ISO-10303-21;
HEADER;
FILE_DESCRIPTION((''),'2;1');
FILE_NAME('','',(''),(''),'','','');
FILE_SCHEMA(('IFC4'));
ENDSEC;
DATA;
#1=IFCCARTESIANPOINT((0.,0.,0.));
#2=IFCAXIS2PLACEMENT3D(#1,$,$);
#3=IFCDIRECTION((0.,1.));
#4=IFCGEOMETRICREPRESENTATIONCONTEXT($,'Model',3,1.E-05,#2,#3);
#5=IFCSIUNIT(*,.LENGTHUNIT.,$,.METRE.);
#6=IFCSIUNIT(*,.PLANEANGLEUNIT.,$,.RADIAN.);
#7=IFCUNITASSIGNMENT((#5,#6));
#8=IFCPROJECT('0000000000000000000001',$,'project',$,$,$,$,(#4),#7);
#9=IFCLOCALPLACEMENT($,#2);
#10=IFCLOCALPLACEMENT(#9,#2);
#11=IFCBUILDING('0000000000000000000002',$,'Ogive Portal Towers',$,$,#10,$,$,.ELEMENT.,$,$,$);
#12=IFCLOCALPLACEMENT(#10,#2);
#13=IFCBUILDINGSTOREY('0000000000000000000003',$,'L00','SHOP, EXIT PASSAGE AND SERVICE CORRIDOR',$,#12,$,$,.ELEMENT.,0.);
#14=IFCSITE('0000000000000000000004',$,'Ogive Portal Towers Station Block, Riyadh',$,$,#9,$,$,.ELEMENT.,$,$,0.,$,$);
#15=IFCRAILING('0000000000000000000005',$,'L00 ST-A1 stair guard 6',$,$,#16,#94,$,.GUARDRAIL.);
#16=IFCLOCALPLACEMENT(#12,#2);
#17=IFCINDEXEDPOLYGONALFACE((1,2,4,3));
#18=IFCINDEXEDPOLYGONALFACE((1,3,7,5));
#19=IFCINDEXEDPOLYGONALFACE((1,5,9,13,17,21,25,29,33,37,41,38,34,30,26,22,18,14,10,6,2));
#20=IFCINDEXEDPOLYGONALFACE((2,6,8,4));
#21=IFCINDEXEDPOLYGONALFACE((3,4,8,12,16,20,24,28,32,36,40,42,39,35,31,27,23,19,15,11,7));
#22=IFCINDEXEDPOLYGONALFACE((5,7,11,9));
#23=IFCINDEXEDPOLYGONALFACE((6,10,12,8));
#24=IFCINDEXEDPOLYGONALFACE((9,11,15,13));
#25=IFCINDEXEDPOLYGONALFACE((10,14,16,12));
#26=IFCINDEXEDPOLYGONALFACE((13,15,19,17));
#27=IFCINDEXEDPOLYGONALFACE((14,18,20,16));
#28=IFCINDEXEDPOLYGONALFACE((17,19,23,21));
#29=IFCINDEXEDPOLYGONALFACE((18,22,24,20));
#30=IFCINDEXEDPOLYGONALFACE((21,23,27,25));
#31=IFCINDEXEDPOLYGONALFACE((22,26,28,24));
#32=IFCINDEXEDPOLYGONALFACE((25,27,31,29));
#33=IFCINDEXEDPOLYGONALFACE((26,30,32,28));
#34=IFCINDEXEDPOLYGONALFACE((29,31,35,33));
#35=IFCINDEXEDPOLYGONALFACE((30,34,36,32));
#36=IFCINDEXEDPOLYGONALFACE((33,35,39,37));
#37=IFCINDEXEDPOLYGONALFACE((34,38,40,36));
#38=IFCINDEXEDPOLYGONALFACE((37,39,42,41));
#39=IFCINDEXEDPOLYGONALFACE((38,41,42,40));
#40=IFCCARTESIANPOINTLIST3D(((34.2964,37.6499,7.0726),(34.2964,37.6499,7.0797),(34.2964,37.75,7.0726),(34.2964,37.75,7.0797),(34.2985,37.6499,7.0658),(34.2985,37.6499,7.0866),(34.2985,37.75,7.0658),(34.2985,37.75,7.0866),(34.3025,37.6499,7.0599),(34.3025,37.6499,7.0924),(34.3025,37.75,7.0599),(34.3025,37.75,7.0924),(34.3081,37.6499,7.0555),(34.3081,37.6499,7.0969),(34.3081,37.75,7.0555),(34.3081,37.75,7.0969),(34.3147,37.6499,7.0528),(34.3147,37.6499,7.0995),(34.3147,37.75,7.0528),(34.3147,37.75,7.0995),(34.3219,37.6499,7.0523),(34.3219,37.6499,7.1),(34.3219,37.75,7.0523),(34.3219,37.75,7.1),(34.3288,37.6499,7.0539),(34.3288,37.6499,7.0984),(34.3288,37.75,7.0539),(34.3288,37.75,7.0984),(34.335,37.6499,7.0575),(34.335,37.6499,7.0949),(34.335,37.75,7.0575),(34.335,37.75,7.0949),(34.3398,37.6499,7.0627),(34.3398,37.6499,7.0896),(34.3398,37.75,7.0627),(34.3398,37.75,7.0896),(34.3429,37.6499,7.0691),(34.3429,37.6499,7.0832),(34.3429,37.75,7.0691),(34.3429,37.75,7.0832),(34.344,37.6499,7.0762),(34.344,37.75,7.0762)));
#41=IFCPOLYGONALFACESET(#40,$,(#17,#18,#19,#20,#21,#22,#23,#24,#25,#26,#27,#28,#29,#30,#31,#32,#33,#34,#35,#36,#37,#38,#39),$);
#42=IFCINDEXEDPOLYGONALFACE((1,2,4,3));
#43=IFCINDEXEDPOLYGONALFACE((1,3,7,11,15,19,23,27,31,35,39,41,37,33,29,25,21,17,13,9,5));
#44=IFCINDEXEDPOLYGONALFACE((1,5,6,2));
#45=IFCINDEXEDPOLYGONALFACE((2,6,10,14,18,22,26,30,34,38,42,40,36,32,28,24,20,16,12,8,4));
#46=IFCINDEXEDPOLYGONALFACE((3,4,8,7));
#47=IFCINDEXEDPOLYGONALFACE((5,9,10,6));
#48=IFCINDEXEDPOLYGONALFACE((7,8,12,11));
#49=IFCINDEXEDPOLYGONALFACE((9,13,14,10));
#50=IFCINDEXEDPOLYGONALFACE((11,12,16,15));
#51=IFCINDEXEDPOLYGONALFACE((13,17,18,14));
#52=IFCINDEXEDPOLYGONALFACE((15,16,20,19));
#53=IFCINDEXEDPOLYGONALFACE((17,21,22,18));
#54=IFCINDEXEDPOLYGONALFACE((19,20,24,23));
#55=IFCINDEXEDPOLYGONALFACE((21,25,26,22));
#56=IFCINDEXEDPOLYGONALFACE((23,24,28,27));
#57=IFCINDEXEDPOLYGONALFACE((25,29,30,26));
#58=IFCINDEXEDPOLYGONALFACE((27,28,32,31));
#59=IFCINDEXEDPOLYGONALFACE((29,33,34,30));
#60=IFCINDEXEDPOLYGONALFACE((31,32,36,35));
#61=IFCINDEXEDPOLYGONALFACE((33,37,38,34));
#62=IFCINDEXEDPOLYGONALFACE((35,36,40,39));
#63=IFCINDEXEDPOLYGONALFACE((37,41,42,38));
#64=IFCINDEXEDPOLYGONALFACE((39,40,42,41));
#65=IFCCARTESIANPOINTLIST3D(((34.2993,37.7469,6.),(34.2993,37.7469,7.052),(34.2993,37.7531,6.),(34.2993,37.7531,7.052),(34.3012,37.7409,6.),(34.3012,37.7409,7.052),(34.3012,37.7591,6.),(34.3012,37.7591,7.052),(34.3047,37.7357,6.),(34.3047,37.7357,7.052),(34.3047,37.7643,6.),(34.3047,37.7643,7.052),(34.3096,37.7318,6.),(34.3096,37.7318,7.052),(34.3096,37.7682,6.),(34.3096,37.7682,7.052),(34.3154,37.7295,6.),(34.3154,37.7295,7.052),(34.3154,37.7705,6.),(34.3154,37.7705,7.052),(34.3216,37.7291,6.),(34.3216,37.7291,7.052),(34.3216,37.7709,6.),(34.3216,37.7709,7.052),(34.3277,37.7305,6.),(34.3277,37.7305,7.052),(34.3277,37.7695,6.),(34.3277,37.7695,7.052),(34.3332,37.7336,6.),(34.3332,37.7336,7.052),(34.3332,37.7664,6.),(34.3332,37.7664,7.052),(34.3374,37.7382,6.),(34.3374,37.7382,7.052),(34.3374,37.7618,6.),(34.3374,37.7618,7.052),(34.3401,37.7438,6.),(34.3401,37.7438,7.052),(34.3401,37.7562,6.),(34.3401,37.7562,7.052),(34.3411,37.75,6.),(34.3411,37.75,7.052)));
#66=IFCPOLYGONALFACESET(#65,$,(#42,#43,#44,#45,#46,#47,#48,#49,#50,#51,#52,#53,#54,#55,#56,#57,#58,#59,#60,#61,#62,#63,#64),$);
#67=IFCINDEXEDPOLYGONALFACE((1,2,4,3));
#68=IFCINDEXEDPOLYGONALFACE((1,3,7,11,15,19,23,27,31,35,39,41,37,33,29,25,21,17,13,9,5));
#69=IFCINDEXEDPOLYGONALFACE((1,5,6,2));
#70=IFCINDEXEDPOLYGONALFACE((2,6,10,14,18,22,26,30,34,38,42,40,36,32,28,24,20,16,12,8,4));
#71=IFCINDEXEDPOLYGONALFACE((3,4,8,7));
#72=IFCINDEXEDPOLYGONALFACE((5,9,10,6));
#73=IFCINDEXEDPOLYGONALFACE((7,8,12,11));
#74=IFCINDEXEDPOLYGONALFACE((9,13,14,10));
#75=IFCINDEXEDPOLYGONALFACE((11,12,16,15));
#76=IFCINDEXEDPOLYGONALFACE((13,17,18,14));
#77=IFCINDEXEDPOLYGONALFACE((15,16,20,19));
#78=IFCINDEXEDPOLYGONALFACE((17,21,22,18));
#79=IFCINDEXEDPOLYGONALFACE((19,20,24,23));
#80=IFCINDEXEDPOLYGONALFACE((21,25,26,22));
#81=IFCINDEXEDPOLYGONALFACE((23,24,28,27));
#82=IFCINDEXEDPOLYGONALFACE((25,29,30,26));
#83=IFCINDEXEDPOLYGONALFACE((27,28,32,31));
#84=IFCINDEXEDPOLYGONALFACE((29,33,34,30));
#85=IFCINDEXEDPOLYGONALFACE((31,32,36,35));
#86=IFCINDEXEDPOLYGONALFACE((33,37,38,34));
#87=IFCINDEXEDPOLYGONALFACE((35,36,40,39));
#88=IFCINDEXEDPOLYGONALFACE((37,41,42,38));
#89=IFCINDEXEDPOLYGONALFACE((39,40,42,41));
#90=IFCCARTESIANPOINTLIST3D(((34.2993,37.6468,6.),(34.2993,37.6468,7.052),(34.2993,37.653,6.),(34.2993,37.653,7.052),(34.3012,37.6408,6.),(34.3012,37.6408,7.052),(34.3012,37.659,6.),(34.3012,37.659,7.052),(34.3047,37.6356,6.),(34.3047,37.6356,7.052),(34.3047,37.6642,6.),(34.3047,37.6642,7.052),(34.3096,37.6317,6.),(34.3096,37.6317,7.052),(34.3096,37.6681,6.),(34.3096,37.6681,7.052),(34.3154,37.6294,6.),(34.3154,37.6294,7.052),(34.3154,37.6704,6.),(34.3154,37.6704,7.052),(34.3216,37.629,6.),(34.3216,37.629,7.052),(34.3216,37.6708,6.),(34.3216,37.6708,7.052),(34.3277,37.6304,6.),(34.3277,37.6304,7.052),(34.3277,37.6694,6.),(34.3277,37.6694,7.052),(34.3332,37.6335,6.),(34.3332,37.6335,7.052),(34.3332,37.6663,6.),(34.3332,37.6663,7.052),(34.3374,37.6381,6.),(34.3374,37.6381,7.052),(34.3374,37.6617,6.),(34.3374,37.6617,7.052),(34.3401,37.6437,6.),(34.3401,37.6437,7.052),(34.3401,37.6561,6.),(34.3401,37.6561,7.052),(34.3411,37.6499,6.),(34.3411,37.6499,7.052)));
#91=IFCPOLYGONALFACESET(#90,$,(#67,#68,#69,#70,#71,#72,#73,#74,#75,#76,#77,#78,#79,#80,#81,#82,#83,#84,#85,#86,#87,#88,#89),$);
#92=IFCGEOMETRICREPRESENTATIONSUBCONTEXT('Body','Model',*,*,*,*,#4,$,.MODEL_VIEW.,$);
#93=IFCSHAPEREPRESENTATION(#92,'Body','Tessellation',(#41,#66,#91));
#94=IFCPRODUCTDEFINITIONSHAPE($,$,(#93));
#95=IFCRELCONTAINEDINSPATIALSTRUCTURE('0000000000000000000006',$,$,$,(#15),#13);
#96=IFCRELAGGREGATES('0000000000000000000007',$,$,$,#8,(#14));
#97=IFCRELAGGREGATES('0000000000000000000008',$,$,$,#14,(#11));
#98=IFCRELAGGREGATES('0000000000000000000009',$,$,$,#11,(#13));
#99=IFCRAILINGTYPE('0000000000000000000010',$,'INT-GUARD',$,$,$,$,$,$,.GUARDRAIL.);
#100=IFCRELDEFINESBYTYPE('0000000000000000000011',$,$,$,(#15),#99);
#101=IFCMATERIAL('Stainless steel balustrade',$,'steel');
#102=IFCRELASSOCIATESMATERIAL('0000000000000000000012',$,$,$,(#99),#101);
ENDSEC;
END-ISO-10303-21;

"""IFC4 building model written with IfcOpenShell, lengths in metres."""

from ifc_helpers import new_model, si_unit, direction, frame, origin, origin_2d, place, context, subcontext, project, spatial, circle, extrude, material, type_object, element, save


model = new_model("IFC4")

# Units and contexts
model_context = context("Model", 3, precision=1e-05, world=origin(), true_north=direction((0.0, 1.0)))
body_context = subcontext(model_context, "Body", "Model", "MODEL_VIEW")
ifc_project = project(units=[si_unit("LENGTHUNIT", "METRE"), si_unit("PLANEANGLEUNIT", "RADIAN")], contexts=[model_context])

# Site, building, storey
site_placement = place(None, origin())
site = spatial("IfcSite", under=ifc_project, at=site_placement, Name="Ogive Portal Towers Station Block, Riyadh", CompositionType="ELEMENT", RefElevation=0.0)
building_placement = place(site_placement, origin())
building = spatial("IfcBuilding", under=site, at=building_placement, Name="Ogive Portal Towers", CompositionType="ELEMENT")
storey_placement = place(building_placement, origin())
storey = spatial("IfcBuildingStorey", under=building, at=storey_placement, Name="L00", Description="SHOP, EXIT PASSAGE AND SERVICE CORRIDOR", CompositionType="ELEMENT", Elevation=0.0)

# Railing
ifc_material_1 = material(Name="Stainless steel balustrade", Category="steel")
railing_type_1 = type_object("IfcRailingType", Name="INT-GUARD", PredefinedType="GUARDRAIL", material=ifc_material_1)
railing_1_placement = place(storey_placement, frame((34.3201, 37.75, 6.0)))
element("IfcRailing", 1, at=railing_1_placement, inside=storey, type_object=railing_type_1, Name="L00 ST-A1 stair guard 6", PredefinedType="GUARDRAIL", context=body_context, shape_type="SweptSolid", body=[
    extrude(circle(Radius=0.0239, at=origin_2d()), frame((0.0, 0.0, 1.0762), z_axis=(0.0, -1.0, 0.0), x_axis=(1.0, 0.0, 0.0)), (0.0, 0.0, 1.0), 0.1001),
    extrude(circle(Radius=0.021, at=origin_2d()), origin(), (0.0, 0.0, 1.0), 1.052),
    extrude(circle(Radius=0.021, at=origin_2d()), frame((0.0, -0.1001, 0.0)), (0.0, 0.0, 1.0), 1.052),
])

save(model, "model.ifc")
